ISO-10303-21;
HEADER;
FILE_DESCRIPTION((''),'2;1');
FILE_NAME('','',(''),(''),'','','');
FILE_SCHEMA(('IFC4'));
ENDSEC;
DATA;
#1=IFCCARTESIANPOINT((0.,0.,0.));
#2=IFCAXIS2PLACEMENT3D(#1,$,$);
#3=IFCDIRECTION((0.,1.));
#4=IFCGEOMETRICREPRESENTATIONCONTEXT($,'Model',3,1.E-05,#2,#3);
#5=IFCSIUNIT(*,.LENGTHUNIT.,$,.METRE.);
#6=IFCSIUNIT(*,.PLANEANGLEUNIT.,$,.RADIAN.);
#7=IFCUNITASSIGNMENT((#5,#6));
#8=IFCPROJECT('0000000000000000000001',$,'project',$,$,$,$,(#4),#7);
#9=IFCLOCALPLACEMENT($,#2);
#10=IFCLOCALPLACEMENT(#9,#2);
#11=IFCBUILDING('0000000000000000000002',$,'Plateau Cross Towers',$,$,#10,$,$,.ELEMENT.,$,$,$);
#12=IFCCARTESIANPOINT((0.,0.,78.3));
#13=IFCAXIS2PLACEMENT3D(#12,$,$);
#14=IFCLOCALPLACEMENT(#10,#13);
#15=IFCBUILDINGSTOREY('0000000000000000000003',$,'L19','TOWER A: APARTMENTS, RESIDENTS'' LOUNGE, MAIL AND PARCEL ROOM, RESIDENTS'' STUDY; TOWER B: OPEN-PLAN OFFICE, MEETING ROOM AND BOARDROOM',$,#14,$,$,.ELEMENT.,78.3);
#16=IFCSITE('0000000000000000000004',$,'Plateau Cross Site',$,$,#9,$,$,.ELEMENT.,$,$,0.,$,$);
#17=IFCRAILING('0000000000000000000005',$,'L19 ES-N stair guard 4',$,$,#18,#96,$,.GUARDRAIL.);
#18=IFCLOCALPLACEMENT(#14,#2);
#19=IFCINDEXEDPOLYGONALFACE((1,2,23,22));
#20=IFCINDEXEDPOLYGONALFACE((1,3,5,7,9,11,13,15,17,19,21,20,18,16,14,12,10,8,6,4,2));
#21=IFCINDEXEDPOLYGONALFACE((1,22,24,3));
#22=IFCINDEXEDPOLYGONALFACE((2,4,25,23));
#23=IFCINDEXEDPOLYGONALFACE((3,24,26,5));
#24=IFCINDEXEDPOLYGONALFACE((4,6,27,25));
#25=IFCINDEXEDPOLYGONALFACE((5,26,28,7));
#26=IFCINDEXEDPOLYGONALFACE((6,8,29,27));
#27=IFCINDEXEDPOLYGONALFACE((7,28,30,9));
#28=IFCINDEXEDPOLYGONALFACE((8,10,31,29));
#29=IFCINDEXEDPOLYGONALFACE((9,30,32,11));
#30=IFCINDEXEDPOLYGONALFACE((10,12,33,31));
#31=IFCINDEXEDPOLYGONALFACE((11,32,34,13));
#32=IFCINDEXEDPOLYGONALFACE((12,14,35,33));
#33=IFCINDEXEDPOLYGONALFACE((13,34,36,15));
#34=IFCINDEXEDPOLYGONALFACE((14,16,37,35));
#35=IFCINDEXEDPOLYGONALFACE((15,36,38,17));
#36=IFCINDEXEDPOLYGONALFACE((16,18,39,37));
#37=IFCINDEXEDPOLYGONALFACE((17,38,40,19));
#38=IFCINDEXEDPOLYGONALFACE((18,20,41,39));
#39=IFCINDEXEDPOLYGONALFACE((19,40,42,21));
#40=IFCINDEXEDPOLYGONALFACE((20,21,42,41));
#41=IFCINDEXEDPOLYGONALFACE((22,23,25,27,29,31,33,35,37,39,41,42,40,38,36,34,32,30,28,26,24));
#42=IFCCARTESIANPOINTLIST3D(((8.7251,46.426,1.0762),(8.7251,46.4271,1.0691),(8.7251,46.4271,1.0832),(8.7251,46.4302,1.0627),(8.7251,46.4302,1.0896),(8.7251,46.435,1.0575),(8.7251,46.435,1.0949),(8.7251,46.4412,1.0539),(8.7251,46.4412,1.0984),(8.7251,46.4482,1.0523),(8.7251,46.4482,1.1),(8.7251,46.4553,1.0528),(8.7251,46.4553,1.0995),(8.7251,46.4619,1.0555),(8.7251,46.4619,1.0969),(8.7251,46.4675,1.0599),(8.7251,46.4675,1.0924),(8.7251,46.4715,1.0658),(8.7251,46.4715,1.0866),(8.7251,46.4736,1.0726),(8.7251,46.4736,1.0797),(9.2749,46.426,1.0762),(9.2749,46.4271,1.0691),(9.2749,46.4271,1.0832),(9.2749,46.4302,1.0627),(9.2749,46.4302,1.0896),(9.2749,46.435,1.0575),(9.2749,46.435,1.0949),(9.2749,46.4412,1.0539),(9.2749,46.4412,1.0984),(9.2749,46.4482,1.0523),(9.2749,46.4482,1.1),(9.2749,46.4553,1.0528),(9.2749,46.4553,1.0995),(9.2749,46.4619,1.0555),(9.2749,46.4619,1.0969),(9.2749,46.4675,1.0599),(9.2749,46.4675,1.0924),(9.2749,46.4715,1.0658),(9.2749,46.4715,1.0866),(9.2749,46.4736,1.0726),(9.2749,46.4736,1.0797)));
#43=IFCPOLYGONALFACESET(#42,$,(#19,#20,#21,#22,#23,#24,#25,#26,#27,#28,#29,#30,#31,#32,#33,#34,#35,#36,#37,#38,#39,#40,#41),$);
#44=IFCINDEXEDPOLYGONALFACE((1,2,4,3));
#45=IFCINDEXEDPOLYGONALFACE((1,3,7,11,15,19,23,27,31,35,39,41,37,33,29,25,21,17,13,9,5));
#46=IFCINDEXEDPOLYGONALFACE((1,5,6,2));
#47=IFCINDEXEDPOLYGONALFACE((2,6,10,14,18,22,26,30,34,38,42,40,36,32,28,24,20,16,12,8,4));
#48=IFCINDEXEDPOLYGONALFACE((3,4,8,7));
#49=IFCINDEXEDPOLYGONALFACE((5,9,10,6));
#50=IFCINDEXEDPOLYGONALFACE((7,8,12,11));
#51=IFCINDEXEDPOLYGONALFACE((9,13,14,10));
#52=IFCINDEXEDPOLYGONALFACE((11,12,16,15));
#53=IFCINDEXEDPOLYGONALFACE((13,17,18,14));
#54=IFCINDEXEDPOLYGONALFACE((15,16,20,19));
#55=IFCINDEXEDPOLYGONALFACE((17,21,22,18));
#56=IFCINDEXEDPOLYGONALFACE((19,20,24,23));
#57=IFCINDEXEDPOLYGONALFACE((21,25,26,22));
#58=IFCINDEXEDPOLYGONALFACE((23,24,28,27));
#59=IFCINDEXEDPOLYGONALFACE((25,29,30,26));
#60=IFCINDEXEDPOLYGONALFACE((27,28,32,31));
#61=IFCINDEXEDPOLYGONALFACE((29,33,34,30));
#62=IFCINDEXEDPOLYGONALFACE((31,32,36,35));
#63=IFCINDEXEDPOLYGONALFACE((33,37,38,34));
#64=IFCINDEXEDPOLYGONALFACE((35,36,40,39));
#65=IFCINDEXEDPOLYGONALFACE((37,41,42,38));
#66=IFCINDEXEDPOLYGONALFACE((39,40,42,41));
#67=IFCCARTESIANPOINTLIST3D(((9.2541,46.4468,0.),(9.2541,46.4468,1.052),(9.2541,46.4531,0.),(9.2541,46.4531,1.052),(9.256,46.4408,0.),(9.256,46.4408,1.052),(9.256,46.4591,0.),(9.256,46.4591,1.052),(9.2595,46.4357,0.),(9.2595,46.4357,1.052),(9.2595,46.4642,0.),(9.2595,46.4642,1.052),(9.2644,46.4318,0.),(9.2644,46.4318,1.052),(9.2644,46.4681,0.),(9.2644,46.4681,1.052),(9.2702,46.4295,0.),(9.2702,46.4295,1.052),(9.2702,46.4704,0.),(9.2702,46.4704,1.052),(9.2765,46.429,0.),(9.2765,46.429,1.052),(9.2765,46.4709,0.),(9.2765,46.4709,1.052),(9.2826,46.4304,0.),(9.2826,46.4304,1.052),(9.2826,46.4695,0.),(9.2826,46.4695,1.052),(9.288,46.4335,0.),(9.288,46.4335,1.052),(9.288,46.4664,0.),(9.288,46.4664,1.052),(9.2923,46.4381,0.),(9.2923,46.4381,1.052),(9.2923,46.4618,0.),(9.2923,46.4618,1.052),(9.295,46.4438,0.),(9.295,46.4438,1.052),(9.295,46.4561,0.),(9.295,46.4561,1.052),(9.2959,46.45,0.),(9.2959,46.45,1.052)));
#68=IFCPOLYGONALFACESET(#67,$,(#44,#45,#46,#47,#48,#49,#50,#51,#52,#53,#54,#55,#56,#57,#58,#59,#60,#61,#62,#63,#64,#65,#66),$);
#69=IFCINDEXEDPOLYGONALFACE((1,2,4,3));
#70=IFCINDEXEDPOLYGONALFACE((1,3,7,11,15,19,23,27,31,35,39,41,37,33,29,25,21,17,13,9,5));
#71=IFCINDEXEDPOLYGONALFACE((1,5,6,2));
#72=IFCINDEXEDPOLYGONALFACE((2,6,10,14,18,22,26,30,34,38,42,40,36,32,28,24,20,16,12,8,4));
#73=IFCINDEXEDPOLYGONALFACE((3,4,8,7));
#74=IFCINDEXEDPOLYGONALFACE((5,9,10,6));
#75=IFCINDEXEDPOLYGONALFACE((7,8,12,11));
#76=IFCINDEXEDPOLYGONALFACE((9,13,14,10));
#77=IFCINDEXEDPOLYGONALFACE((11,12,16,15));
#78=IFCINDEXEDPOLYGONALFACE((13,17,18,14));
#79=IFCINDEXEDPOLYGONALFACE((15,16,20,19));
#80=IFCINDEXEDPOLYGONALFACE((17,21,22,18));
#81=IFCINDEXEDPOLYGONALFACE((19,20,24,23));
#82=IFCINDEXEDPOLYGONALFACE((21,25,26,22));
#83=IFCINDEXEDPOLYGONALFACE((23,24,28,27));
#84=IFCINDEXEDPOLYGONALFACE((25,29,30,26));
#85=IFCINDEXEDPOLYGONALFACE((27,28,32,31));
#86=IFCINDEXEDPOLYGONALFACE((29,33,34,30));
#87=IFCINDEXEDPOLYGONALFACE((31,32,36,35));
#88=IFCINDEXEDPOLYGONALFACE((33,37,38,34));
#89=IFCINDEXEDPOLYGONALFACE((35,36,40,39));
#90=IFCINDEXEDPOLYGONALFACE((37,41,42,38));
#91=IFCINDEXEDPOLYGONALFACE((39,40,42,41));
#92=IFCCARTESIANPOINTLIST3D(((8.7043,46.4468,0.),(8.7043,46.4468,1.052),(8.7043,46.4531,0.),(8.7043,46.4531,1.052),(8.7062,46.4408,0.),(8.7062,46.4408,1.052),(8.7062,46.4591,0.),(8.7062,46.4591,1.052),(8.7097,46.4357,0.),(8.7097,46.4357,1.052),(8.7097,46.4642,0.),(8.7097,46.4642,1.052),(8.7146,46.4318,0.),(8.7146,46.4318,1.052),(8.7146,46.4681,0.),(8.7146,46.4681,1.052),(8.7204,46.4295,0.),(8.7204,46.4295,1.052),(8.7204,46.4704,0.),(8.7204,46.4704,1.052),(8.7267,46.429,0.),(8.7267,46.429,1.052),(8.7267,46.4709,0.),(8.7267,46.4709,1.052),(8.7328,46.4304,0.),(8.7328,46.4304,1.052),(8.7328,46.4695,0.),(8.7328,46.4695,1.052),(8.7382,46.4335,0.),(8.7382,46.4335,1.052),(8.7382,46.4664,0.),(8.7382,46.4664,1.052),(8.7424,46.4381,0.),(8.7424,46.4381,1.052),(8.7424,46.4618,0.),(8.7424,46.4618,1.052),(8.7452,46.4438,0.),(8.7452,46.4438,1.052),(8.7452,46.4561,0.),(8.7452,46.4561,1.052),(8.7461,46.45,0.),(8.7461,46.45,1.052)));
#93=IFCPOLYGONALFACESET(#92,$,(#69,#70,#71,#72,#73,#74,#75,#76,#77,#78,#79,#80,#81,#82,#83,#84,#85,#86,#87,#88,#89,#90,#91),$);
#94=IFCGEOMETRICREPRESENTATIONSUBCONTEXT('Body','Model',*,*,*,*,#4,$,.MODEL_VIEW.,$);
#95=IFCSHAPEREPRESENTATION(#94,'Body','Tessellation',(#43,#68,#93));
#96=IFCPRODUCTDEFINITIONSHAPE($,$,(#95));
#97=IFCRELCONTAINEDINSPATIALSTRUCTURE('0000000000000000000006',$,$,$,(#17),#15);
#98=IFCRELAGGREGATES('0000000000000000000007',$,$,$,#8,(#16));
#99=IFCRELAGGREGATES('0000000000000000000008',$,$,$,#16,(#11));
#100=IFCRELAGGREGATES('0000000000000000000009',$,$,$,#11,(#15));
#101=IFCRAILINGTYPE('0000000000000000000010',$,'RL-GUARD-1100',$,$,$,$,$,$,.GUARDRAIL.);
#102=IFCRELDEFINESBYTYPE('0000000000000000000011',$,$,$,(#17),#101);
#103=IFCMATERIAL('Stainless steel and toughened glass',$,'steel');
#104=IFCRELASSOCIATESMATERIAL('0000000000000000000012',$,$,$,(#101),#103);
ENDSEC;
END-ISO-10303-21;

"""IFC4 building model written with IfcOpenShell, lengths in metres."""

from ifc_helpers import new_model, si_unit, direction, frame, origin, origin_2d, place, context, subcontext, project, spatial, circle, extrude, material, type_object, element, save


model = new_model("IFC4")

# Units and contexts
model_context = context("Model", 3, precision=1e-05, world=origin(), true_north=direction((0.0, 1.0)))
body_context = subcontext(model_context, "Body", "Model", "MODEL_VIEW")
ifc_project = project(units=[si_unit("LENGTHUNIT", "METRE"), si_unit("PLANEANGLEUNIT", "RADIAN")], contexts=[model_context])

# Site, building, storey
site_placement = place(None, origin())
site = spatial("IfcSite", under=ifc_project, at=site_placement, Name="Plateau Cross Site", CompositionType="ELEMENT", RefElevation=0.0)
building_placement = place(site_placement, origin())
building = spatial("IfcBuilding", under=site, at=building_placement, Name="Plateau Cross Towers", CompositionType="ELEMENT")
storey_placement = place(building_placement, frame((0.0, 0.0, 78.3)))
storey = spatial("IfcBuildingStorey", under=building, at=storey_placement, Name="L19", Description="TOWER A: APARTMENTS, RESIDENTS' LOUNGE, MAIL AND PARCEL ROOM, RESIDENTS' STUDY; TOWER B: OPEN-PLAN OFFICE, MEETING ROOM AND BOARDROOM", CompositionType="ELEMENT", Elevation=78.3)

# Railing
ifc_material_1 = material(Name="Stainless steel and toughened glass", Category="steel")
railing_type_1 = type_object("IfcRailingType", Name="RL-GUARD-1100", PredefinedType="GUARDRAIL", material=ifc_material_1)
railing_1_placement = place(storey_placement, frame((9.2749, 46.45, 0.0)))
element("IfcRailing", 1, at=railing_1_placement, inside=storey, type_object=railing_type_1, Name="L19 ES-N stair guard 4", PredefinedType="GUARDRAIL", context=body_context, shape_type="SweptSolid", body=[
    extrude(circle(Radius=0.0239, at=origin_2d()), frame((0.0, 0.0, 1.0762), z_axis=(-1.0, 0.0, 0.0), x_axis=(0.0, -1.0, 0.0)), (0.0, 0.0, 1.0), 0.5498),
    extrude(circle(Radius=0.021, at=origin_2d()), origin(), (0.0, 0.0, 1.0), 1.052),
    extrude(circle(Radius=0.021, at=origin_2d()), frame((-0.5498, 0.0, 0.0)), (0.0, 0.0, 1.0), 1.052),
])

save(model, "model.ifc")
